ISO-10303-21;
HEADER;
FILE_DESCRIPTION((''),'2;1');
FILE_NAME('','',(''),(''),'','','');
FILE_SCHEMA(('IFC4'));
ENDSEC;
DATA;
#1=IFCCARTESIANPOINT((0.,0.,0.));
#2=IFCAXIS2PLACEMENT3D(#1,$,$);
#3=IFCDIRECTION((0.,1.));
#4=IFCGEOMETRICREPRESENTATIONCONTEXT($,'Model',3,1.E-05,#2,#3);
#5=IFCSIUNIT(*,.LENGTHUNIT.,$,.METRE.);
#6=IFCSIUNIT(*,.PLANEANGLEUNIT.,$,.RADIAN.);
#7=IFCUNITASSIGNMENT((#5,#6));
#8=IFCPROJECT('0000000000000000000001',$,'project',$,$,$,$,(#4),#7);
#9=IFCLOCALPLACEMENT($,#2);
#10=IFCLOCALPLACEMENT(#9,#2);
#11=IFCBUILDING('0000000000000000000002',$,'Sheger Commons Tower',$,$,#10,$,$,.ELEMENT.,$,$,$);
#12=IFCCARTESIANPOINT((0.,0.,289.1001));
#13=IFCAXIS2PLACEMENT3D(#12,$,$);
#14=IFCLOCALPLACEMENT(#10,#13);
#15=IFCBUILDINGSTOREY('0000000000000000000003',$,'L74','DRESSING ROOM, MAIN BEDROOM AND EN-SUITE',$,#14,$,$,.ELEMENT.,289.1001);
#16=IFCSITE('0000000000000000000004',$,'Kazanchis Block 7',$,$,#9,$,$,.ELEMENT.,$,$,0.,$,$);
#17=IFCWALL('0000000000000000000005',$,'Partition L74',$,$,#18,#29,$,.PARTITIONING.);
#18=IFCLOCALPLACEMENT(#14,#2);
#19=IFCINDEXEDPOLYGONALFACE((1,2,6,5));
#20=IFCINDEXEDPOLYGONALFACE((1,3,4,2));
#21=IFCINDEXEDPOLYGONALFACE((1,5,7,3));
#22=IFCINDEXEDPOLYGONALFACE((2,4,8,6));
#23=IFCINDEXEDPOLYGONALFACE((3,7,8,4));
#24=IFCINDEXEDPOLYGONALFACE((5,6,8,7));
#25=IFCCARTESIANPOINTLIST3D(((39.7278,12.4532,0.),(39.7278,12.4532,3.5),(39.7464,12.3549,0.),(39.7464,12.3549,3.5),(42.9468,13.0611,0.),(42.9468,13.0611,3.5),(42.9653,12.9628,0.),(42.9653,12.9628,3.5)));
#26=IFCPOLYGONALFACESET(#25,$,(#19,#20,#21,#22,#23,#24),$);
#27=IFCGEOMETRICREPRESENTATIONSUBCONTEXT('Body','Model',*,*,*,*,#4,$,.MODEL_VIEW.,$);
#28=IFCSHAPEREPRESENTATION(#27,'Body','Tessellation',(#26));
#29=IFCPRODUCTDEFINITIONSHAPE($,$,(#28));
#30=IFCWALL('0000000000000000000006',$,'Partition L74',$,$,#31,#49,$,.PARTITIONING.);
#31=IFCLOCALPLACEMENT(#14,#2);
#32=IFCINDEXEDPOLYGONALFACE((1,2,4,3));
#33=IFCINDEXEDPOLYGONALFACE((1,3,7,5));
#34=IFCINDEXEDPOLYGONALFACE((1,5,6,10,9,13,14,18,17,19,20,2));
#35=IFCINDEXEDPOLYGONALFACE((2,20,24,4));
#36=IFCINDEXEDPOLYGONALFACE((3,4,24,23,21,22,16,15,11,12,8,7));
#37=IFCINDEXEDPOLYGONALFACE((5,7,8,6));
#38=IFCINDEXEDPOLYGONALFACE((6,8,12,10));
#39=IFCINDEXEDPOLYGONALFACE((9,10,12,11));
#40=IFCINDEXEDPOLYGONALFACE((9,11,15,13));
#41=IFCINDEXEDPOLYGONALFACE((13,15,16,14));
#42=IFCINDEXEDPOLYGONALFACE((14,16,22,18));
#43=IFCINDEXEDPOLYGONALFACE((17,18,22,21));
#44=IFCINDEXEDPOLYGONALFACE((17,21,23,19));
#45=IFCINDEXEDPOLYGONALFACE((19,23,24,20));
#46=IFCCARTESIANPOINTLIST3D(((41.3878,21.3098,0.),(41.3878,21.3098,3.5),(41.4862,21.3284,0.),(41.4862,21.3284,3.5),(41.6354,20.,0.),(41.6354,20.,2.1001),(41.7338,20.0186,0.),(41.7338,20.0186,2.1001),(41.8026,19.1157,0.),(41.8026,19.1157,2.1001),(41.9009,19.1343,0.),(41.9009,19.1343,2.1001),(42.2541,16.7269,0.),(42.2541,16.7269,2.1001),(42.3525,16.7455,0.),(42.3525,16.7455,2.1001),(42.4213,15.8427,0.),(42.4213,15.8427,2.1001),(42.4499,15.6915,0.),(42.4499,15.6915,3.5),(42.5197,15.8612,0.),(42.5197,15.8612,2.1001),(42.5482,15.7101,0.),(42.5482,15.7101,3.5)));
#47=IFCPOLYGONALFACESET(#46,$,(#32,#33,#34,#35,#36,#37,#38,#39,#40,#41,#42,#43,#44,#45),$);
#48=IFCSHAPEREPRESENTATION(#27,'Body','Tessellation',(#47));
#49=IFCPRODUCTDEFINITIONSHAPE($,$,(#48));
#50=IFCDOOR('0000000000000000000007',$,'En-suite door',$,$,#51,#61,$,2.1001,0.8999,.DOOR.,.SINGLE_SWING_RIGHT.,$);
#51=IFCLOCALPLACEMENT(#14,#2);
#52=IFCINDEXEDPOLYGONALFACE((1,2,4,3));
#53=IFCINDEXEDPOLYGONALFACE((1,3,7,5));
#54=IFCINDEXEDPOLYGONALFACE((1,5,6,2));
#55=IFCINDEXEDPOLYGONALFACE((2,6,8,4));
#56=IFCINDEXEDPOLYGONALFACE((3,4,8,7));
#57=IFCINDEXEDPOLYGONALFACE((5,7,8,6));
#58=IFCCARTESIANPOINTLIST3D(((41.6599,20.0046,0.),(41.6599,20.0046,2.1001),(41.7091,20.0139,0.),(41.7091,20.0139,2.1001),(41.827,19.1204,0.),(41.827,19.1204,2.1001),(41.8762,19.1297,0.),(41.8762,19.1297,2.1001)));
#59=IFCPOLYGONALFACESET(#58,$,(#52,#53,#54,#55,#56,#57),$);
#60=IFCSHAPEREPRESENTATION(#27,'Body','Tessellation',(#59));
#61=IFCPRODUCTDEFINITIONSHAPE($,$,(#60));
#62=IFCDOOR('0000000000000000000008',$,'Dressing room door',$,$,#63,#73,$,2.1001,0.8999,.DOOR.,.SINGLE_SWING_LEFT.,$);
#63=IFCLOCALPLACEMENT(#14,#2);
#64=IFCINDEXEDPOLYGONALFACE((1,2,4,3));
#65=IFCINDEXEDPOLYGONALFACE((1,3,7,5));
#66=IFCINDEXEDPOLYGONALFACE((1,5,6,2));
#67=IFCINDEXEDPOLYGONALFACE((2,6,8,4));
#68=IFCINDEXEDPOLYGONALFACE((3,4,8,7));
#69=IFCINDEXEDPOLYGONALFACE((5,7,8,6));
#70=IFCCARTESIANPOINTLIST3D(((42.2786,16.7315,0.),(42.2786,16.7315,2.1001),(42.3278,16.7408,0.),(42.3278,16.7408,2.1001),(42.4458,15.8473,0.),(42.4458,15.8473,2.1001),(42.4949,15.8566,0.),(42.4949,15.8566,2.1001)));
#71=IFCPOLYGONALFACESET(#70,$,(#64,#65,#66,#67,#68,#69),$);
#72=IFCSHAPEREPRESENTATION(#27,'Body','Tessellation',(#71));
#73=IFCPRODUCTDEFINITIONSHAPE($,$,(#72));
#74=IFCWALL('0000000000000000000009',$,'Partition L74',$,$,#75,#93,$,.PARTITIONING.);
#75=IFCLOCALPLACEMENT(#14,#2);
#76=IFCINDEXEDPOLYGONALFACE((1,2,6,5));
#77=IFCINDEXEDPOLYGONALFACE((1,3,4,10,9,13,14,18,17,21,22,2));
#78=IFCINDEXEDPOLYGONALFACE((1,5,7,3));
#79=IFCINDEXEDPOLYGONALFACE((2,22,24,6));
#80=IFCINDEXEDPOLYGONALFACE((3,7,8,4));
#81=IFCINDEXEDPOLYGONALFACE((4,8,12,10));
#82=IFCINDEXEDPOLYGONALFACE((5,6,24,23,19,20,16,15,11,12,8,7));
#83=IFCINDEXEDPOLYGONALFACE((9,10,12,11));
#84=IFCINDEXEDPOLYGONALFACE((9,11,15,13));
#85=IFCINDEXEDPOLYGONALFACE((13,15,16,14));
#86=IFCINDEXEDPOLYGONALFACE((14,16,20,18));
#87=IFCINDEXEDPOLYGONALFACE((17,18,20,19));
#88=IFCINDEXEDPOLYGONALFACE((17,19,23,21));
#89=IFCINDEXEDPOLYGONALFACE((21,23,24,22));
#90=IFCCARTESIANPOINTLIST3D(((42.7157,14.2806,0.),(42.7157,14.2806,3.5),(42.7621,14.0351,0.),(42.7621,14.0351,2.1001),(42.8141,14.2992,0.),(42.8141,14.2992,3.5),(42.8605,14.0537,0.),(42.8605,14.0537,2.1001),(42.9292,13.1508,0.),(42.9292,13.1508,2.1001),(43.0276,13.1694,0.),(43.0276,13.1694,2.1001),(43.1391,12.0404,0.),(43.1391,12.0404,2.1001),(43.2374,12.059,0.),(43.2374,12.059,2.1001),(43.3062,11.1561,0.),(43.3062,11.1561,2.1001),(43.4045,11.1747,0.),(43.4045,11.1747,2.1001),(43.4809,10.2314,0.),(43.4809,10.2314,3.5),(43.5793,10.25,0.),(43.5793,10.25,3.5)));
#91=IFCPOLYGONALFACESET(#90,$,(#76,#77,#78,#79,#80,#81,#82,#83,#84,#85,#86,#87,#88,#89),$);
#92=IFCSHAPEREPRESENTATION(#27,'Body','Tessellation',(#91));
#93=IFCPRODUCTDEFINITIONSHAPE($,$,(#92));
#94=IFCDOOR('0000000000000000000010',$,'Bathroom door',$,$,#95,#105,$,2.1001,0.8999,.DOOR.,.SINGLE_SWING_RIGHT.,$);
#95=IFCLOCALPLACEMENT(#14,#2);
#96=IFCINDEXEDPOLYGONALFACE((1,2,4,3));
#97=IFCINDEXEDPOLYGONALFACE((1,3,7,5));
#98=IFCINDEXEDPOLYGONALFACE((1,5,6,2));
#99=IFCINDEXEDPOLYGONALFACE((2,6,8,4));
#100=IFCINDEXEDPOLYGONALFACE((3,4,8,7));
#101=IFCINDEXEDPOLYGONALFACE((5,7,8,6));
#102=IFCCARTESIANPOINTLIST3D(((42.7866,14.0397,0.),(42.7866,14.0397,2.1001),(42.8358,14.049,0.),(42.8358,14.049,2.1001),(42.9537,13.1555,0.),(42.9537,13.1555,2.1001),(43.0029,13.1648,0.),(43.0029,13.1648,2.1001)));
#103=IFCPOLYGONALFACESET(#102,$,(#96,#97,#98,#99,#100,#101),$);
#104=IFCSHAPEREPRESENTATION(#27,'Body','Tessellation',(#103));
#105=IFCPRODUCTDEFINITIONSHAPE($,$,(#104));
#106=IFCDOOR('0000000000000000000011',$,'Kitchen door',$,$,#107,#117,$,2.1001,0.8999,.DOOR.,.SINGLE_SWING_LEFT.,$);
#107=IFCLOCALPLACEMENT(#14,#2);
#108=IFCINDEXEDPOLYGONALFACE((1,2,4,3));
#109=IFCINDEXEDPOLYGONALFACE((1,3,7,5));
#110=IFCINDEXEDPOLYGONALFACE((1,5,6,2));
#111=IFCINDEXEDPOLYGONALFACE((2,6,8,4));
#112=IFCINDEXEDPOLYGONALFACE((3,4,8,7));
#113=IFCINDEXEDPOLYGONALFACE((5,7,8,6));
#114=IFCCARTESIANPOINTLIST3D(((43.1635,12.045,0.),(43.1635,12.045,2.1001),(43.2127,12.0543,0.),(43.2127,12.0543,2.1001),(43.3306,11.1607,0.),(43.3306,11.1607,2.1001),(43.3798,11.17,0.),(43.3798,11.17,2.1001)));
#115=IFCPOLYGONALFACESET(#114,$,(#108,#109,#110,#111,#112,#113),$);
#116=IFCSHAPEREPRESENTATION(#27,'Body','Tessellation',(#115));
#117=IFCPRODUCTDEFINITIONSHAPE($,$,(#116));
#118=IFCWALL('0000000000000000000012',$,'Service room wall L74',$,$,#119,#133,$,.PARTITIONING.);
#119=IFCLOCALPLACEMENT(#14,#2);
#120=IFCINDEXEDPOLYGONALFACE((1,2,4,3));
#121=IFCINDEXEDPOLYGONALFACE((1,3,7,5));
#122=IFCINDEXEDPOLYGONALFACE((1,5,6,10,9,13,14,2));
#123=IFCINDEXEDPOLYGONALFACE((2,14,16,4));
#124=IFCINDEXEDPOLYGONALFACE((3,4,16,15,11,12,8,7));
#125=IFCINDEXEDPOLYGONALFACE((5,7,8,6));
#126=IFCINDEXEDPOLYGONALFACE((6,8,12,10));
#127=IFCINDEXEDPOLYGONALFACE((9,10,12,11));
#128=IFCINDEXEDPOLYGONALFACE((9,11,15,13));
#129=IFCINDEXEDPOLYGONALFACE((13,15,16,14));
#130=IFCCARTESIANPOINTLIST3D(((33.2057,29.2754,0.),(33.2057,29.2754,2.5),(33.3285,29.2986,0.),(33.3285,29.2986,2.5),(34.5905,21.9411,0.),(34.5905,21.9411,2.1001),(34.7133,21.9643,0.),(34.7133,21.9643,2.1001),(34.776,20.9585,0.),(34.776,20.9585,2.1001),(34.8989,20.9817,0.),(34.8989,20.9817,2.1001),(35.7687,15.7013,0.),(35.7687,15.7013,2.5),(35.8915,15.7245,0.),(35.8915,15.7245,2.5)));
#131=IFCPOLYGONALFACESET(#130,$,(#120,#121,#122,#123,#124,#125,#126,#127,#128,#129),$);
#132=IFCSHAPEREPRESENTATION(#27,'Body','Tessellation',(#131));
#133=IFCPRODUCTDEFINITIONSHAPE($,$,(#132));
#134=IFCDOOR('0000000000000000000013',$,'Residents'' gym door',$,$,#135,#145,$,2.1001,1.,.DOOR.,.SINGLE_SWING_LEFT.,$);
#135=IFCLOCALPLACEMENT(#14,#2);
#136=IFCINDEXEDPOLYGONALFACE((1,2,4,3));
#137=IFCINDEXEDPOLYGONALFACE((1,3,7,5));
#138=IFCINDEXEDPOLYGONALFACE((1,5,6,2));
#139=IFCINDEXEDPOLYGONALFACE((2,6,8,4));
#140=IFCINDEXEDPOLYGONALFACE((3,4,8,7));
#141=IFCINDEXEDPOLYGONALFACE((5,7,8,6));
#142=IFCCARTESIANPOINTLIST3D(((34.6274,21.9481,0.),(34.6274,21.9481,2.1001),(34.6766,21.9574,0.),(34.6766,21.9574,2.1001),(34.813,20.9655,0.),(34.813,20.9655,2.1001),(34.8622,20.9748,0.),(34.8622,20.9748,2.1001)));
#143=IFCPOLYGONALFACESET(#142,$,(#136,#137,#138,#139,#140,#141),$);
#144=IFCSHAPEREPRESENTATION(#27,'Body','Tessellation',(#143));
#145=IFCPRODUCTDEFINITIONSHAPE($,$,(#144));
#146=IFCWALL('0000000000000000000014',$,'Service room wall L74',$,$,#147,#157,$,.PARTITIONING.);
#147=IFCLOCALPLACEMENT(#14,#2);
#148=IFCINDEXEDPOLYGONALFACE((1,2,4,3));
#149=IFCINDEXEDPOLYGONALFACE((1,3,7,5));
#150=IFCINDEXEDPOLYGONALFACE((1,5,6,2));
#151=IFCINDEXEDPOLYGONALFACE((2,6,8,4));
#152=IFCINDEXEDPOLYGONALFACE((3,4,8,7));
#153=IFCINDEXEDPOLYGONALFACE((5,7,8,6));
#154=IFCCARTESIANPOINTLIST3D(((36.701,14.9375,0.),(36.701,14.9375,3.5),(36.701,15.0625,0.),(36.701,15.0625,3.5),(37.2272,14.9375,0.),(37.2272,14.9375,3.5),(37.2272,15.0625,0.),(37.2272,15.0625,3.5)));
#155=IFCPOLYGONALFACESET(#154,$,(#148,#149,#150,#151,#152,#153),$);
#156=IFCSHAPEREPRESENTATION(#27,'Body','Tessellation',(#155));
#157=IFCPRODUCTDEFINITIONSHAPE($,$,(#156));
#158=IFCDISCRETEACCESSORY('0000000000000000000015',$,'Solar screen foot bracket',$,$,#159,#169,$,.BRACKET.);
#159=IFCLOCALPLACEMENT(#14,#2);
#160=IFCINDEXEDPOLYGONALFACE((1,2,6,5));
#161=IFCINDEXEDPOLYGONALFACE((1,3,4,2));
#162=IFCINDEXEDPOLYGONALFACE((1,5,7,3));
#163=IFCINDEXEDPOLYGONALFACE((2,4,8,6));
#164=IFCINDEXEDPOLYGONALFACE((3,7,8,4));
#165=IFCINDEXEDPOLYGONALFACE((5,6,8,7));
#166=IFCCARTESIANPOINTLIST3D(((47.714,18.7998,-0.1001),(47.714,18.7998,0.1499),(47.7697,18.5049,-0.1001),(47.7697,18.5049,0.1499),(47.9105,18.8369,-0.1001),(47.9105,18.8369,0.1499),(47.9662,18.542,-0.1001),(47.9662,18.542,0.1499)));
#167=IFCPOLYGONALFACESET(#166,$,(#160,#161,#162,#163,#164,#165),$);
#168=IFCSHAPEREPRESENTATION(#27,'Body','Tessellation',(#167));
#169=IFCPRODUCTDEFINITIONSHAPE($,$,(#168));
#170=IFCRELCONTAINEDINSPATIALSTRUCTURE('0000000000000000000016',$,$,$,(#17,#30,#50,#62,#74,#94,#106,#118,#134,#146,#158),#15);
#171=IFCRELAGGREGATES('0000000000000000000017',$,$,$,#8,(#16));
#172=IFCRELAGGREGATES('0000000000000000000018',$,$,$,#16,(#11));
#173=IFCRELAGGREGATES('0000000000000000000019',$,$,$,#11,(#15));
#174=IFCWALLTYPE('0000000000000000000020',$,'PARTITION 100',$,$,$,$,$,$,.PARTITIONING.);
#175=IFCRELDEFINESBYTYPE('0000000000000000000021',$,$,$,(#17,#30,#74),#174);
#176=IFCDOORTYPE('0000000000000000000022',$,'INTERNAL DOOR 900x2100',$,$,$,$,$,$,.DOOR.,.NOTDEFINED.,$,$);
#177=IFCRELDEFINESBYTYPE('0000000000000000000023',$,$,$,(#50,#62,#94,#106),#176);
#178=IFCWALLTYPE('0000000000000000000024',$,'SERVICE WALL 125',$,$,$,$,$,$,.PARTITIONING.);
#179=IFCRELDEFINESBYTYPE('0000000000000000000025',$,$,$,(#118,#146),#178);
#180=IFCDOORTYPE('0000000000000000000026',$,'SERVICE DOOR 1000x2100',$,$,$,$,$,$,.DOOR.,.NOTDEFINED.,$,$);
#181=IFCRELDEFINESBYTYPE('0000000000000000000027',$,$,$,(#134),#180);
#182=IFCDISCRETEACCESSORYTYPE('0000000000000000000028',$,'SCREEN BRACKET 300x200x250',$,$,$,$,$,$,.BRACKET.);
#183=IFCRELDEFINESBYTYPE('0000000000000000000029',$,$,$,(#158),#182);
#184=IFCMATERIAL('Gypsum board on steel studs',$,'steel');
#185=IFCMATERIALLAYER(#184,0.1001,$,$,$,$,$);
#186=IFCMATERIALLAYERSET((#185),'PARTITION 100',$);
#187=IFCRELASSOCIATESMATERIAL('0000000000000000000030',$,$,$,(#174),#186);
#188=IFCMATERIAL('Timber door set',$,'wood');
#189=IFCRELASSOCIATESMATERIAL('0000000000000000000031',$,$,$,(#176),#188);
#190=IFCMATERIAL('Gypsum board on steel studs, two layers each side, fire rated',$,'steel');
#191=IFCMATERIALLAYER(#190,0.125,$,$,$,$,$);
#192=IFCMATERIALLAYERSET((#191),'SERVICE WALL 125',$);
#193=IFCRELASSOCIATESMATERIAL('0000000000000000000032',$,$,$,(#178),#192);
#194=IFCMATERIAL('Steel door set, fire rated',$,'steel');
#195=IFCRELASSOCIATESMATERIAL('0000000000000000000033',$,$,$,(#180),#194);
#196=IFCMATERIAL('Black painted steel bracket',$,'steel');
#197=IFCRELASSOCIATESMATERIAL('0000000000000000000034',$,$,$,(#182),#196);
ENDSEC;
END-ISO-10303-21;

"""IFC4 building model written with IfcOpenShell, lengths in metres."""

from ifc_helpers import new_model, si_unit, direction, frame, frame_2d, origin, origin_2d, place, context, subcontext, project, spatial, rectangle, extrude, material, layer, layer_set, type_object, element, fill, save


model = new_model("IFC4")

# Units and contexts
model_context = context("Model", 3, precision=1e-05, world=origin(), true_north=direction((0.0, 1.0)))
body_context = subcontext(model_context, "Body", "Model", "MODEL_VIEW")
ifc_project = project(units=[si_unit("LENGTHUNIT", "METRE"), si_unit("PLANEANGLEUNIT", "RADIAN")], contexts=[model_context])

# Site, building, storey
site_placement = place(None, origin())
site = spatial("IfcSite", under=ifc_project, at=site_placement, Name="Kazanchis Block 7", CompositionType="ELEMENT", RefElevation=0.0)
building_placement = place(site_placement, origin())
building = spatial("IfcBuilding", under=site, at=building_placement, Name="Sheger Commons Tower", CompositionType="ELEMENT")
storey_placement = place(building_placement, frame((0.0, 0.0, 289.1001)))
storey = spatial("IfcBuildingStorey", under=building, at=storey_placement, Name="L74", Description="DRESSING ROOM, MAIN BEDROOM AND EN-SUITE", CompositionType="ELEMENT", Elevation=289.1001)

# Shared definitions
ifc_material_1 = material(Name="Gypsum board on steel studs", Category="steel")
ifc_layer_1 = layer(ifc_material_1, 0.1001)
ifc_layer_set_1 = layer_set([ifc_layer_1], Name="PARTITION 100")
wall_type_1 = type_object("IfcWallType", Name="PARTITION 100", PredefinedType="PARTITIONING", material=ifc_layer_set_1)

# Shared definitions
ifc_material_2 = material(Name="Timber door set", Category="wood")
door_type_1 = type_object("IfcDoorType", Name="INTERNAL DOOR 900x2100", OperationType="NOTDEFINED", PredefinedType="DOOR", material=ifc_material_2)

# Wall
wall_1_placement = place(storey_placement, frame((42.9561, 13.012, 0.0), z_axis=(0.0, 0.0, 1.0), x_axis=(-0.982631, -0.185571, 0.0)))
element("IfcWall", 1, at=wall_1_placement, inside=storey, type_object=wall_type_1, Name="Partition L74", PredefinedType="PARTITIONING", context=body_context, shape_type="SweptSolid", body=[
    extrude(rectangle(XDim=3.2759, YDim=0.1001, at=frame_2d((1.6379, 0.0))), origin(), (0.0, 0.0, 1.0), 3.5),
])

# Walls, openings, doors
wall_2_placement = place(storey_placement, frame((41.437, 21.3191, 0.0), z_axis=(0.0, 0.0, 1.0), x_axis=(0.185742, -0.982598, 0.0)))
wall_2 = element("IfcWall", 2, at=wall_2_placement, inside=storey, type_object=wall_type_1, Name="Partition L74", PredefinedType="PARTITIONING", context=body_context, shape_type="SweptSolid", body=[
    extrude(rectangle(XDim=5.7178, YDim=0.1001, at=frame_2d((2.8589, 0.0))), origin(), (0.0, 0.0, 1.0), 3.5),
])
opening_1_placement = place(wall_2_placement, frame((1.333, 0.0, 0.0)))
opening_1 = element("IfcOpeningElement", 3, at=opening_1_placement, cuts=wall_2, PredefinedType="OPENING", context=body_context, shape_type="SweptSolid", body=[
    extrude(rectangle(XDim=0.8999, YDim=2.1001, at=frame_2d((0.45, 1.05))), frame((0.0, 0.0601, 0.0), z_axis=(0.0, -1.0, 0.0), x_axis=(1.0, 0.0, 0.0)), (0.0, 0.0, 1.0), 0.1201),
])
opening_2_placement = place(wall_2_placement, frame((4.6641, 0.0, 0.0)))
opening_2 = element("IfcOpeningElement", 4, at=opening_2_placement, cuts=wall_2, PredefinedType="OPENING", context=body_context, shape_type="SweptSolid", body=[
    extrude(rectangle(XDim=0.8999, YDim=2.1001, at=frame_2d((0.45, 1.05))), frame((0.0, 0.0601, 0.0), z_axis=(0.0, -1.0, 0.0), x_axis=(1.0, 0.0, 0.0)), (0.0, 0.0, 1.0), 0.1201),
])
door_1_placement = place(opening_1_placement, origin())
door_1 = element("IfcDoor", 5, at=door_1_placement, inside=storey, type_object=door_type_1, Name="En-suite door", OperationType="SINGLE_SWING_RIGHT", OverallHeight=2.1001, OverallWidth=0.8999, PredefinedType="DOOR", context=body_context, shape_type="SweptSolid", body=[
    extrude(rectangle(XDim=0.8999, YDim=2.1001, at=frame_2d((0.45, 1.05))), frame((0.0, 0.0249, 0.0), z_axis=(0.0, -1.0, 0.0), x_axis=(1.0, 0.0, 0.0)), (0.0, 0.0, 1.0), 0.05),
])
fill(opening_1, door_1)
door_2_placement = place(opening_2_placement, origin())
door_2 = element("IfcDoor", 6, at=door_2_placement, inside=storey, type_object=door_type_1, Name="Dressing room door", OperationType="SINGLE_SWING_LEFT", OverallHeight=2.1001, OverallWidth=0.8999, PredefinedType="DOOR", context=body_context, shape_type="SweptSolid", body=[
    extrude(rectangle(XDim=0.8999, YDim=2.1001, at=frame_2d((0.45, 1.05))), frame((0.0, 0.0249, 0.0), z_axis=(0.0, -1.0, 0.0), x_axis=(1.0, 0.0, 0.0)), (0.0, 0.0, 1.0), 0.05),
])
fill(opening_2, door_2)
wall_3_placement = place(storey_placement, frame((42.7649, 14.29, 0.0), z_axis=(0.0, 0.0, 1.0), x_axis=(0.18568, -0.98261, 0.0)))
wall_3 = element("IfcWall", 7, at=wall_3_placement, inside=storey, type_object=wall_type_1, Name="Partition L74", PredefinedType="PARTITIONING", context=body_context, shape_type="SweptSolid", body=[
    extrude(rectangle(XDim=4.1208, YDim=0.1001, at=frame_2d((2.0605, 0.0))), origin(), (0.0, 0.0, 1.0), 3.5),
])
opening_3_placement = place(wall_3_placement, frame((0.25, 0.0, 0.0)))
opening_3 = element("IfcOpeningElement", 8, at=opening_3_placement, cuts=wall_3, PredefinedType="OPENING", context=body_context, shape_type="SweptSolid", body=[
    extrude(rectangle(XDim=0.8999, YDim=2.1001, at=frame_2d((0.45, 1.05))), frame((0.0, 0.0601, 0.0), z_axis=(0.0, -1.0, 0.0), x_axis=(1.0, 0.0, 0.0)), (0.0, 0.0, 1.0), 0.1201),
])
opening_4_placement = place(wall_3_placement, frame((2.28, 0.0, 0.0)))
opening_4 = element("IfcOpeningElement", 9, at=opening_4_placement, cuts=wall_3, PredefinedType="OPENING", context=body_context, shape_type="SweptSolid", body=[
    extrude(rectangle(XDim=0.8999, YDim=2.1001, at=frame_2d((0.45, 1.05))), frame((0.0, 0.0601, 0.0), z_axis=(0.0, -1.0, 0.0), x_axis=(1.0, 0.0, 0.0)), (0.0, 0.0, 1.0), 0.1201),
])
door_3_placement = place(opening_3_placement, origin())
door_3 = element("IfcDoor", 10, at=door_3_placement, inside=storey, type_object=door_type_1, Name="Bathroom door", OperationType="SINGLE_SWING_RIGHT", OverallHeight=2.1001, OverallWidth=0.8999, PredefinedType="DOOR", context=body_context, shape_type="SweptSolid", body=[
    extrude(rectangle(XDim=0.8999, YDim=2.1001, at=frame_2d((0.45, 1.05))), frame((0.0, 0.0249, 0.0), z_axis=(0.0, -1.0, 0.0), x_axis=(1.0, 0.0, 0.0)), (0.0, 0.0, 1.0), 0.05),
])
fill(opening_3, door_3)
door_4_placement = place(opening_4_placement, origin())
door_4 = element("IfcDoor", 11, at=door_4_placement, inside=storey, type_object=door_type_1, Name="Kitchen door", OperationType="SINGLE_SWING_LEFT", OverallHeight=2.1001, OverallWidth=0.8999, PredefinedType="DOOR", context=body_context, shape_type="SweptSolid", body=[
    extrude(rectangle(XDim=0.8999, YDim=2.1001, at=frame_2d((0.45, 1.05))), frame((0.0, 0.0249, 0.0), z_axis=(0.0, -1.0, 0.0), x_axis=(1.0, 0.0, 0.0)), (0.0, 0.0, 1.0), 0.05),
])
fill(opening_4, door_4)

# Wall, opening, door
ifc_material_3 = material(Name="Gypsum board on steel studs, two layers each side, fire rated", Category="steel")
ifc_layer_2 = layer(ifc_material_3, 0.125)
ifc_layer_set_2 = layer_set([ifc_layer_2], Name="SERVICE WALL 125")
wall_type_2 = type_object("IfcWallType", Name="SERVICE WALL 125", PredefinedType="PARTITIONING", material=ifc_layer_set_2)
wall_4_placement = place(storey_placement, frame((35.8301, 15.7129, 0.0), z_axis=(0.0, 0.0, 1.0), x_axis=(-0.185535, 0.982638, 0.0)))
wall_4 = element("IfcWall", 12, at=wall_4_placement, inside=storey, type_object=wall_type_2, Name="Service room wall L74", PredefinedType="PARTITIONING", context=body_context, shape_type="SweptSolid", body=[
    extrude(rectangle(XDim=13.814, YDim=0.125, at=frame_2d((6.907, 0.0))), origin(), (0.0, 0.0, 1.0), 2.5),
])
opening_5_placement = place(wall_4_placement, frame((5.3501, 0.0, 0.0)))
opening_5 = element("IfcOpeningElement", 13, at=opening_5_placement, cuts=wall_4, PredefinedType="OPENING", context=body_context, shape_type="SweptSolid", body=[
    extrude(rectangle(XDim=1.0, YDim=2.1001, at=frame_2d((0.5, 1.05))), frame((0.0, 0.0725, 0.0), z_axis=(0.0, -1.0, 0.0), x_axis=(1.0, 0.0, 0.0)), (0.0, 0.0, 1.0), 0.145),
])
ifc_material_4 = material(Name="Steel door set, fire rated", Category="steel")
door_type_2 = type_object("IfcDoorType", Name="SERVICE DOOR 1000x2100", OperationType="NOTDEFINED", PredefinedType="DOOR", material=ifc_material_4)
door_5_placement = place(opening_5_placement, origin())
door_5 = element("IfcDoor", 14, at=door_5_placement, inside=storey, type_object=door_type_2, Name="Residents' gym door", OperationType="SINGLE_SWING_LEFT", OverallHeight=2.1001, OverallWidth=1.0, PredefinedType="DOOR", context=body_context, shape_type="SweptSolid", body=[
    extrude(rectangle(XDim=1.0, YDim=2.1001, at=frame_2d((0.5, 1.05))), frame((0.0, 0.0249, 0.0), z_axis=(0.0, -1.0, 0.0), x_axis=(1.0, 0.0, 0.0)), (0.0, 0.0, 1.0), 0.05),
])
fill(opening_5, door_5)

# Wall
wall_5_placement = place(storey_placement, frame((36.7009, 15.0, 0.0), z_axis=(0.0, 0.0, 1.0), x_axis=(1.0, 0.0, 0.0)))
element("IfcWall", 15, at=wall_5_placement, inside=storey, type_object=wall_type_2, Name="Service room wall L74", PredefinedType="PARTITIONING", context=body_context, shape_type="SweptSolid", body=[
    extrude(rectangle(XDim=0.5261, YDim=0.125, at=frame_2d((0.2632, 0.0))), origin(), (0.0, 0.0, 1.0), 3.5),
])

# Discrete accessory
ifc_material_5 = material(Name="Black painted steel bracket", Category="steel")
discrete_accessory_type = type_object("IfcDiscreteAccessoryType", Name="SCREEN BRACKET 300x200x250", PredefinedType="BRACKET", material=ifc_material_5)
for number, where, z_axis, x_axis, name in (
    (16, (47.8401, 18.6709, -0.1001), (0.0, 0.0, 1.0), (-0.185615, 0.982623, 0.0), "Solar screen foot bracket"),
):
    element("IfcDiscreteAccessory", number, at=place(storey_placement, frame(where, z_axis=z_axis, x_axis=x_axis)), inside=storey, type_object=discrete_accessory_type, Name=name, PredefinedType="BRACKET", context=body_context, shape_type="SweptSolid", body=[
        extrude(rectangle(XDim=0.3, YDim=0.2, at=origin_2d()), origin(), (0.0, 0.0, 1.0), 0.25),
    ])

save(model, "model.ifc")
